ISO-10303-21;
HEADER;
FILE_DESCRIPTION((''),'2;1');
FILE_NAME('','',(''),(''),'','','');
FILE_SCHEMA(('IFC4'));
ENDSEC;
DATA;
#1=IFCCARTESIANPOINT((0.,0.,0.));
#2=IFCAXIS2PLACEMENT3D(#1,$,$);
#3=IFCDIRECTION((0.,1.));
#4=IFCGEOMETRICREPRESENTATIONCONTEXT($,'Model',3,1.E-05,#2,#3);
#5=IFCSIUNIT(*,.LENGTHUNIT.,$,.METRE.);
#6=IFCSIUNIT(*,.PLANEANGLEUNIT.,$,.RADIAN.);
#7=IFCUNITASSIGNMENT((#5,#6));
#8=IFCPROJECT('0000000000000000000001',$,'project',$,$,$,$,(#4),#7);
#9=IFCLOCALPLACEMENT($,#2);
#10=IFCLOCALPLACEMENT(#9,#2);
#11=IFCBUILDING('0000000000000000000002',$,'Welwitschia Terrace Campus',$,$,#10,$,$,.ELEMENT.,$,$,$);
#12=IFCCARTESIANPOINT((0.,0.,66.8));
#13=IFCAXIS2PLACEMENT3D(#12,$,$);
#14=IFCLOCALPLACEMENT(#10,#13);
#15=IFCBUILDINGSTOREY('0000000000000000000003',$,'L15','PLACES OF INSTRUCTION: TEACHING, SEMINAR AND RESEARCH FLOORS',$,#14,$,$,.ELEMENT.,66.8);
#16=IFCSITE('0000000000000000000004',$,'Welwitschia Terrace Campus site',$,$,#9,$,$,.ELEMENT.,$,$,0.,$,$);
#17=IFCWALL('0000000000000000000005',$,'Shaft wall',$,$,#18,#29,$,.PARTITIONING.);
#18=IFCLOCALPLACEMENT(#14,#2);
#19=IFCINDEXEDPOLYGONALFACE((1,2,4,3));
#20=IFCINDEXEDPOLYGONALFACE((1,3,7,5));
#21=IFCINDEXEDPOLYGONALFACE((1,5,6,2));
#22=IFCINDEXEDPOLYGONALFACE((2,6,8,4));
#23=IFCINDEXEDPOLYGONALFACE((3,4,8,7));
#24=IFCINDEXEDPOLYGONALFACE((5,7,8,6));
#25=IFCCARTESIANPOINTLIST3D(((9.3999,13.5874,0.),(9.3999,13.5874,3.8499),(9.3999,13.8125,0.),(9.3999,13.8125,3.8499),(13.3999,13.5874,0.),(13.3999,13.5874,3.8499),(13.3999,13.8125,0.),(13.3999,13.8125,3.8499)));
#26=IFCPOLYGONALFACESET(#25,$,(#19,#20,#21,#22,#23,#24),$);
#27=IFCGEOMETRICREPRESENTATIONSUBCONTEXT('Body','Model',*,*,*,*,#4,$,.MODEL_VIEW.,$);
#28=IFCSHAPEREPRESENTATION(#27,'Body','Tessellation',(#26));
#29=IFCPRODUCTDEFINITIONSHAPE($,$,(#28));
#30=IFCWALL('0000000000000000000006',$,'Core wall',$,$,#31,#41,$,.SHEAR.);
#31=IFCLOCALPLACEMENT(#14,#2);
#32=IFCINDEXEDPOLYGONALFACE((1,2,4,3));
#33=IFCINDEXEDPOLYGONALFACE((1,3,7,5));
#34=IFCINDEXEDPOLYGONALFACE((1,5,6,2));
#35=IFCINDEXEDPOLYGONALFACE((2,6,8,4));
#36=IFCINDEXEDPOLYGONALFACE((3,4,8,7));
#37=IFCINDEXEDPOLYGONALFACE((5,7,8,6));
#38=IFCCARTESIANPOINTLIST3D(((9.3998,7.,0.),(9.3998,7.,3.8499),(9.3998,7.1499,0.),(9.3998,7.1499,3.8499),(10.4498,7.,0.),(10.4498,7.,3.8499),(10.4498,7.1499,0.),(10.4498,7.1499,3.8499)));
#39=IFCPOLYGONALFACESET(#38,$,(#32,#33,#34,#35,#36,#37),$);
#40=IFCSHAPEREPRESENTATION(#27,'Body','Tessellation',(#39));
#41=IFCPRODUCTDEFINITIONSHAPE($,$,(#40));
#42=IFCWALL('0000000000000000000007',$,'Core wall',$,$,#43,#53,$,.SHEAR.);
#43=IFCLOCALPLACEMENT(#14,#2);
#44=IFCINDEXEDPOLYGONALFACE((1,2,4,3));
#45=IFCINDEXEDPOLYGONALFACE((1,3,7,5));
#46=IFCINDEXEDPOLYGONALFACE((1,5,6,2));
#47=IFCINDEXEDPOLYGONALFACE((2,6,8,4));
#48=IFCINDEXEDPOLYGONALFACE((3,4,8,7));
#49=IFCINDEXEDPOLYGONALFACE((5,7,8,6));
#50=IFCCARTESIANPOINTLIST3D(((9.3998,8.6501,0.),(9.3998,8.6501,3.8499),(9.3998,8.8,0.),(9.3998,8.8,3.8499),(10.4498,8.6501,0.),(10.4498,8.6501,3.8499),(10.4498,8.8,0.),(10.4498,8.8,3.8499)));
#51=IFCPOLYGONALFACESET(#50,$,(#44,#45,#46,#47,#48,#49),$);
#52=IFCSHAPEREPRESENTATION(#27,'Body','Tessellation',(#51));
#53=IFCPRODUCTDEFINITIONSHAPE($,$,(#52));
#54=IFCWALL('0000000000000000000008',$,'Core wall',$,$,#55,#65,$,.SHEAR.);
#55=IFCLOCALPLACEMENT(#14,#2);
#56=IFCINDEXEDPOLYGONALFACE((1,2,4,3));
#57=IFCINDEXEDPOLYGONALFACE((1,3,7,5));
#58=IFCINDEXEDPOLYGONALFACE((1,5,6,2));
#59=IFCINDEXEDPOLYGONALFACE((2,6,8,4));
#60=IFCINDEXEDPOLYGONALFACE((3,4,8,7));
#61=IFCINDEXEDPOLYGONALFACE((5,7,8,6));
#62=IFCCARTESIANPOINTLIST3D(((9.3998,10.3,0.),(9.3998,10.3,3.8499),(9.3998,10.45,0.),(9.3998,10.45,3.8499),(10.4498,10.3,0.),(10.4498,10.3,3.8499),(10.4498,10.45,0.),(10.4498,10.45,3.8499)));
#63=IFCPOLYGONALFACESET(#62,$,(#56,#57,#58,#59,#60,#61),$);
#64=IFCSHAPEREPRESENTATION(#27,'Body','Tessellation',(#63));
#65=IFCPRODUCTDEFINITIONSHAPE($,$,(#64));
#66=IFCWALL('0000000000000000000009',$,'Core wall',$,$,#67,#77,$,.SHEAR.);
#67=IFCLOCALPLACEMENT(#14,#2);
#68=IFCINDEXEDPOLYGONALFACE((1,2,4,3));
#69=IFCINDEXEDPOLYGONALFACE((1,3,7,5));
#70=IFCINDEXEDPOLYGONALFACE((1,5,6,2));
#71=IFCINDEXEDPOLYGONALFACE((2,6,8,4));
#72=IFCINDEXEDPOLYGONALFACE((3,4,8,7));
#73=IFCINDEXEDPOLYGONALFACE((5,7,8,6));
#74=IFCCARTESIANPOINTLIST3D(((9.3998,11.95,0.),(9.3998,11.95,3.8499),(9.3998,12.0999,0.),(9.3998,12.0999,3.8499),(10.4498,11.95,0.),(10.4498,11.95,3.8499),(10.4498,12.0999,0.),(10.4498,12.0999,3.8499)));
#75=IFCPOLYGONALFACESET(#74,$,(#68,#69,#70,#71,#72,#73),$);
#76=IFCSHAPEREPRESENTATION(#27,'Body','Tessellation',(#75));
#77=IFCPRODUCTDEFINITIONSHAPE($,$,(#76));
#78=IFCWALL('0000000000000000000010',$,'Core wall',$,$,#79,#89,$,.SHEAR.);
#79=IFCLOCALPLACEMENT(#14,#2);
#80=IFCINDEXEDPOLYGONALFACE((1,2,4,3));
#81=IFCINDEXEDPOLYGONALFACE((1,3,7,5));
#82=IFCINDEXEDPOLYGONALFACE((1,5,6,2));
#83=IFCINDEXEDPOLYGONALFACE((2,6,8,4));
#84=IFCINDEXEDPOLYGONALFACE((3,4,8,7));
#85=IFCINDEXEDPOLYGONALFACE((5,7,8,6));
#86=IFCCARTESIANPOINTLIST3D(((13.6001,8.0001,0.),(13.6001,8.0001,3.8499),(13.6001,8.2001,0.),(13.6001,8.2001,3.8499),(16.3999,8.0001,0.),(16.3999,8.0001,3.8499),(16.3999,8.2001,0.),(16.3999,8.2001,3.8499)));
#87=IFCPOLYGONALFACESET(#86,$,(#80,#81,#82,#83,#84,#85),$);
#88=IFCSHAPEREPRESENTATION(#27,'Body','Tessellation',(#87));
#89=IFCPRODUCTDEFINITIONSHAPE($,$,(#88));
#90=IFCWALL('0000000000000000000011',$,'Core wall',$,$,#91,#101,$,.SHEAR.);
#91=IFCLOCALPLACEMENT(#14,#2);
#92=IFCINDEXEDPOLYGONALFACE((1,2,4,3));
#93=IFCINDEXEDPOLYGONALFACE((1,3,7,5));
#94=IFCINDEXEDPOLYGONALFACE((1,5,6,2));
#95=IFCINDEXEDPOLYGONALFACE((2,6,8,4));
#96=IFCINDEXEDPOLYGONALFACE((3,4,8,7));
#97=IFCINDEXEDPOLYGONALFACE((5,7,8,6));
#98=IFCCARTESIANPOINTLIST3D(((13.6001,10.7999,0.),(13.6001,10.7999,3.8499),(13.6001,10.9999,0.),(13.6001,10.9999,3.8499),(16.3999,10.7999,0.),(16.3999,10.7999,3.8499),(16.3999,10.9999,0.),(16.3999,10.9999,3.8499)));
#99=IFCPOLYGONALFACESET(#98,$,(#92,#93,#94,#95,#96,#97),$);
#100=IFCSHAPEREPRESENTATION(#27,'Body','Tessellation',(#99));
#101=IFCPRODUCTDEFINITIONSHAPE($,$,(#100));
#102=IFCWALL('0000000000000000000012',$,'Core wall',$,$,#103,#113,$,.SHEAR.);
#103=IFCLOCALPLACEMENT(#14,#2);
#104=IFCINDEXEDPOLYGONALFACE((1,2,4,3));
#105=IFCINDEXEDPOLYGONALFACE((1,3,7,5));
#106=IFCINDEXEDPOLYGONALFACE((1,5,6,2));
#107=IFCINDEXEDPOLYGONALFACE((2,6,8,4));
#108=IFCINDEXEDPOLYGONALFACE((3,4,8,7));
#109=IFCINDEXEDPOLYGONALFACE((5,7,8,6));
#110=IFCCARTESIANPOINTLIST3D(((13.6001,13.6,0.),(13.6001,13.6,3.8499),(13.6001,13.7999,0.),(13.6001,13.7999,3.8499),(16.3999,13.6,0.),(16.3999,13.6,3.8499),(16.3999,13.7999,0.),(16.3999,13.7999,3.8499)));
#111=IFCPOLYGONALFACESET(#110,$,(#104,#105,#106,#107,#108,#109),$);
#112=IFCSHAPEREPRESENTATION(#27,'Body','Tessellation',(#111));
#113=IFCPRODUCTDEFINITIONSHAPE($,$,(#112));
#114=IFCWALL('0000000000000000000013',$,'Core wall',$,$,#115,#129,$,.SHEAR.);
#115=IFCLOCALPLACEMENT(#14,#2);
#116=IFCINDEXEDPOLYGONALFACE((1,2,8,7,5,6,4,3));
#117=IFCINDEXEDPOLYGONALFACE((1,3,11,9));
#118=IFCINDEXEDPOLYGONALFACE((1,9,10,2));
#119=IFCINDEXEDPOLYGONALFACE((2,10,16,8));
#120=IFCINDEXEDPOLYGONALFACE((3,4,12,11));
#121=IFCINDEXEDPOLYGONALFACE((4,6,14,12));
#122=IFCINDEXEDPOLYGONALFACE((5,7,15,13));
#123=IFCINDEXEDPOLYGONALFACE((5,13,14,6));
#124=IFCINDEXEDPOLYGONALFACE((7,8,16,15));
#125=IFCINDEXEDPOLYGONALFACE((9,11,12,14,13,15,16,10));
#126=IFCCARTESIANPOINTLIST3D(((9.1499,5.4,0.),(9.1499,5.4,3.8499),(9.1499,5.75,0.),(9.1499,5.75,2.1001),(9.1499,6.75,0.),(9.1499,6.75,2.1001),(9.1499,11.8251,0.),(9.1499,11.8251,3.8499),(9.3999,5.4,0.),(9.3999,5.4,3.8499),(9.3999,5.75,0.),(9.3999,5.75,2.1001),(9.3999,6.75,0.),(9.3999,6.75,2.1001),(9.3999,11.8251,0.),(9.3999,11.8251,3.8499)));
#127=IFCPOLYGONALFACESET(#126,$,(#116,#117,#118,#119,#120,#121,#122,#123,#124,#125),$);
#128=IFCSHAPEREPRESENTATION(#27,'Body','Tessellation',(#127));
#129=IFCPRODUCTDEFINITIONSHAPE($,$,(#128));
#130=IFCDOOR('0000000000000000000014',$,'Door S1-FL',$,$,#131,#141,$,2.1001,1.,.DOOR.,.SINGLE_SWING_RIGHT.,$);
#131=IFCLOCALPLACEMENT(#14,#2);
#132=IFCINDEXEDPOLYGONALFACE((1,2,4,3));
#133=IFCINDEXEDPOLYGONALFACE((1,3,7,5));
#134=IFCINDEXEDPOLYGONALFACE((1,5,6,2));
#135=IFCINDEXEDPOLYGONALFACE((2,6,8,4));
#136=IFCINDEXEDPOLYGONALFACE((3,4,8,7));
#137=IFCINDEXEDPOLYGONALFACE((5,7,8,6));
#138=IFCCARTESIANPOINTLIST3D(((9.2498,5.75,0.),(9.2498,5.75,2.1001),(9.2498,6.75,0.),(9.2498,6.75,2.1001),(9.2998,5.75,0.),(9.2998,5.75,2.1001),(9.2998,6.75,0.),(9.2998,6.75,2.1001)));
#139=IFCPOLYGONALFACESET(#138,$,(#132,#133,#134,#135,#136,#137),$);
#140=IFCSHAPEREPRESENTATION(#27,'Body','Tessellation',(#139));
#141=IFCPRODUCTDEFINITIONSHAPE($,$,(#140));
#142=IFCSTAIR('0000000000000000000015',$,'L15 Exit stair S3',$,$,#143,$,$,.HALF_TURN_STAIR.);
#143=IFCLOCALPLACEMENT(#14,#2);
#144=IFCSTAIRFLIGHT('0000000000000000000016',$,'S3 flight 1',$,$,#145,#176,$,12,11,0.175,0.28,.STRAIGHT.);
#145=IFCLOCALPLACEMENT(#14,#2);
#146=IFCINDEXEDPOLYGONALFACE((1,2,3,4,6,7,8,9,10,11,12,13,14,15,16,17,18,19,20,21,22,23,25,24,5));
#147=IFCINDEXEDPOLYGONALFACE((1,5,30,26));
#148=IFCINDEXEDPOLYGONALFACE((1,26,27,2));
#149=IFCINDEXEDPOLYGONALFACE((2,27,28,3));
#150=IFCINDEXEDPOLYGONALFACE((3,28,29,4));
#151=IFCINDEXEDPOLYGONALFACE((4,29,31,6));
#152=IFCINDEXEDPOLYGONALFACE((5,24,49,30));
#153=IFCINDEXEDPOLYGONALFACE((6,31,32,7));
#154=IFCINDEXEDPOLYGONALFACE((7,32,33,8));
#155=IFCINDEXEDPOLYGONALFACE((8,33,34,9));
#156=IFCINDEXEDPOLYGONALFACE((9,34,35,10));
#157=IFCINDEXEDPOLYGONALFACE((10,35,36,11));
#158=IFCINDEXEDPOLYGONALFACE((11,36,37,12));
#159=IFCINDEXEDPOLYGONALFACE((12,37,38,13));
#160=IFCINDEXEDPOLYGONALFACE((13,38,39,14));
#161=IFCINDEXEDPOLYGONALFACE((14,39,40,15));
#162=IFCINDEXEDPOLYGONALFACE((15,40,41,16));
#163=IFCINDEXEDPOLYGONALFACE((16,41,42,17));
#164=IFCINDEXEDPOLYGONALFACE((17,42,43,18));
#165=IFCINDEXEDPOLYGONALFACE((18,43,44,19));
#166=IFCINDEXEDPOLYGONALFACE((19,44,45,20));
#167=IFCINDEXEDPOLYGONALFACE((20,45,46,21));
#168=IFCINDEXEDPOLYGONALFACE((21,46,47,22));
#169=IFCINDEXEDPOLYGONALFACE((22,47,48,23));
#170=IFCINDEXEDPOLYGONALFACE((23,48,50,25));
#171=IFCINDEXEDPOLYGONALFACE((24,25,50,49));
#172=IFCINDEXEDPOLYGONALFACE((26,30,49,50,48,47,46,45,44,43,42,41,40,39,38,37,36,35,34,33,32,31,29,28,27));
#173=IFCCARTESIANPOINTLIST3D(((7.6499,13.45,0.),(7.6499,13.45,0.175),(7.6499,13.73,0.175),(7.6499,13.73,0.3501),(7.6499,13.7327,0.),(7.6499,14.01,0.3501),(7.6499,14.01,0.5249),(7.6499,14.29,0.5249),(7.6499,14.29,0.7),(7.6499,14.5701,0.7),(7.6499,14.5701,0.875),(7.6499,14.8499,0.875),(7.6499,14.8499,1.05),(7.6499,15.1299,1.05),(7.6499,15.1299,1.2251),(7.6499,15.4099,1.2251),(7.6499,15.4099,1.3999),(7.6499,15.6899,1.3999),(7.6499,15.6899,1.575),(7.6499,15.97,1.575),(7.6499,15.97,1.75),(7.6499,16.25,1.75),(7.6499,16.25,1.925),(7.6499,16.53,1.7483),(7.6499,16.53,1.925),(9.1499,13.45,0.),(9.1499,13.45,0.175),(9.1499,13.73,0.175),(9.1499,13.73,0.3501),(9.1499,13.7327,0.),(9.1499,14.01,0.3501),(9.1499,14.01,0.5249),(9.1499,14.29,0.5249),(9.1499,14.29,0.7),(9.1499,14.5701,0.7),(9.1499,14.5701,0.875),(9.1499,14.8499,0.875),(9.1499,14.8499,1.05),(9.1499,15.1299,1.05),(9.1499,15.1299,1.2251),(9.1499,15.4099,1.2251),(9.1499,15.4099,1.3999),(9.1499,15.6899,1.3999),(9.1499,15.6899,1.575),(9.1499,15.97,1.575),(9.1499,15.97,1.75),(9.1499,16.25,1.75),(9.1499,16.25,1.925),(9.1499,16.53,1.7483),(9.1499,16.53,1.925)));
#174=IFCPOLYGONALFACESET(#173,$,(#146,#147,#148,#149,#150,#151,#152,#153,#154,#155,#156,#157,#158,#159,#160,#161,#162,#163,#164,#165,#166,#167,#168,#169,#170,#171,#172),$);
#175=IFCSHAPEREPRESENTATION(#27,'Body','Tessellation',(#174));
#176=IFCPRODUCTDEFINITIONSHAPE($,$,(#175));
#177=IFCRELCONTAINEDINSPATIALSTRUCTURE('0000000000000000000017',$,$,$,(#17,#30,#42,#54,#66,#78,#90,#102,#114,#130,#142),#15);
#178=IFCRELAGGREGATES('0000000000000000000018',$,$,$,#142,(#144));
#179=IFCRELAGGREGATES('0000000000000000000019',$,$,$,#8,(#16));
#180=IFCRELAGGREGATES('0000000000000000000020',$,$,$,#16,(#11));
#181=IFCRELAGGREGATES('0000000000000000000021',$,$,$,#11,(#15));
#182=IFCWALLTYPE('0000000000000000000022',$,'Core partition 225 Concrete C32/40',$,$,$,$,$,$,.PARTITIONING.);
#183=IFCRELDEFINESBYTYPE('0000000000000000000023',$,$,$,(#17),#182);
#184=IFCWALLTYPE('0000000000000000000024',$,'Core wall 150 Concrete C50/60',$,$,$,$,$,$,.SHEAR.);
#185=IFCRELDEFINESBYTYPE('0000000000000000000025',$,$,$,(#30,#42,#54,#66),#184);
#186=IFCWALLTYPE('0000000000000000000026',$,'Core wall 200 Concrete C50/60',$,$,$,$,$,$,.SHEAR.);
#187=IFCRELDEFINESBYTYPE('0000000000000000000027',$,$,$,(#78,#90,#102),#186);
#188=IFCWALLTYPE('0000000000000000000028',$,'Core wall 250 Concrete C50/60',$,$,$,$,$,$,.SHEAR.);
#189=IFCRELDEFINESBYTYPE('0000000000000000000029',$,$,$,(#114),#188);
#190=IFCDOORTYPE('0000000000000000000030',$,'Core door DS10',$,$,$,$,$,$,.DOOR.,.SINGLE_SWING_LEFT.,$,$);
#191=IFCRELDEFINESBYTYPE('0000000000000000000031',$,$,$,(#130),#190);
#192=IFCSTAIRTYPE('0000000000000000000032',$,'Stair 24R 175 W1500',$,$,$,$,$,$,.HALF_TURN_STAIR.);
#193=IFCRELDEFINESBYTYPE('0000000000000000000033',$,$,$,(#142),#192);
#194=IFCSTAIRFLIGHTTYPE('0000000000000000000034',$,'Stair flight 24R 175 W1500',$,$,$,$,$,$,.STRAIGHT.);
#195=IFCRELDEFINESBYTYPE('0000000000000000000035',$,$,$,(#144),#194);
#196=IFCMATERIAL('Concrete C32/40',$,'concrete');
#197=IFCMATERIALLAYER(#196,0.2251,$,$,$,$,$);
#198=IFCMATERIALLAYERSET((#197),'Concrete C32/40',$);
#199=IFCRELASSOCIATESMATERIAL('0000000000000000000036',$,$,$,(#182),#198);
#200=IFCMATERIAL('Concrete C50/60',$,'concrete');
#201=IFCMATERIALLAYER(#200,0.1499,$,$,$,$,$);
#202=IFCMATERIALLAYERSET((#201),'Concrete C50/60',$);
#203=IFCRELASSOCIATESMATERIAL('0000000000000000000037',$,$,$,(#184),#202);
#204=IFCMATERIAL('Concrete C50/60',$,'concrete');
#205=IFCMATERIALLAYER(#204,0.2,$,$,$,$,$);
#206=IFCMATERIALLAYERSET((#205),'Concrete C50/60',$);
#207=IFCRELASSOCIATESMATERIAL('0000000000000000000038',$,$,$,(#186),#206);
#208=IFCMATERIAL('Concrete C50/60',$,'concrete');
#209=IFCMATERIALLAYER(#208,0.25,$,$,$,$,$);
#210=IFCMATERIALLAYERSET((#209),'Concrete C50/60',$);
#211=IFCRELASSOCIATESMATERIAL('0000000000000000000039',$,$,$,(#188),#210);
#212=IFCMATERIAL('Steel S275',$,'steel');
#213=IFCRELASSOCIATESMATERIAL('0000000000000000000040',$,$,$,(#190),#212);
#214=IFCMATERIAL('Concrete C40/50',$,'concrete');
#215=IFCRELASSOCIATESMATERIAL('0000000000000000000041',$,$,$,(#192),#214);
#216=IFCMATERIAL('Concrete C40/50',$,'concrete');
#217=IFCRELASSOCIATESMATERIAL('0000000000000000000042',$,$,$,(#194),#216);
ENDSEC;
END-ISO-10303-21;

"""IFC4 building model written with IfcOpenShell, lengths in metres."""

from ifc_helpers import new_model, si_unit, direction, frame, frame_2d, origin, place, context, subcontext, project, spatial, polyline, rectangle, outline, extrude, material, layer, layer_set, type_object, element, fill, aggregate, save


model = new_model("IFC4")

# Units and contexts
model_context = context("Model", 3, precision=1e-05, world=origin(), true_north=direction((0.0, 1.0)))
body_context = subcontext(model_context, "Body", "Model", "MODEL_VIEW")
ifc_project = project(units=[si_unit("LENGTHUNIT", "METRE"), si_unit("PLANEANGLEUNIT", "RADIAN")], contexts=[model_context])

# Site, building, storey
site_placement = place(None, origin())
site = spatial("IfcSite", under=ifc_project, at=site_placement, Name="Welwitschia Terrace Campus site", CompositionType="ELEMENT", RefElevation=0.0)
building_placement = place(site_placement, origin())
building = spatial("IfcBuilding", under=site, at=building_placement, Name="Welwitschia Terrace Campus", CompositionType="ELEMENT")
storey_placement = place(building_placement, frame((0.0, 0.0, 66.8)))
storey = spatial("IfcBuildingStorey", under=building, at=storey_placement, Name="L15", Description="PLACES OF INSTRUCTION: TEACHING, SEMINAR AND RESEARCH FLOORS", CompositionType="ELEMENT", Elevation=66.8)

# Walls
ifc_material_1 = material(Name="Concrete C32/40", Category="concrete")
ifc_layer_1 = layer(ifc_material_1, 0.2251)
ifc_layer_set_1 = layer_set([ifc_layer_1], Name="Concrete C32/40")
wall_type_1 = type_object("IfcWallType", Name="Core partition 225 Concrete C32/40", PredefinedType="PARTITIONING", material=ifc_layer_set_1)
wall_1_placement = place(storey_placement, frame((9.3999, 13.7, 0.0), z_axis=(0.0, 0.0, 1.0), x_axis=(1.0, 0.0, 0.0)))
element("IfcWall", 1, at=wall_1_placement, inside=storey, type_object=wall_type_1, Name="Shaft wall", PredefinedType="PARTITIONING", context=body_context, shape_type="SweptSolid", body=[
    extrude(rectangle(XDim=4.0, YDim=0.2251, at=frame_2d((2.0, 0.0))), origin(), (0.0, 0.0, 1.0), 3.8499),
])
ifc_material_2 = material(Name="Concrete C50/60", Category="concrete")
ifc_layer_2 = layer(ifc_material_2, 0.1499)
ifc_layer_set_2 = layer_set([ifc_layer_2], Name="Concrete C50/60")
wall_type_2 = type_object("IfcWallType", Name="Core wall 150 Concrete C50/60", PredefinedType="SHEAR", material=ifc_layer_set_2)
for number, where, z_axis, x_axis, name in (
    (2, (9.3999, 7.075, 0.0), (0.0, 0.0, 1.0), (1.0, 0.0, 0.0), "Core wall"),
    (3, (9.3999, 8.7251, 0.0), (0.0, 0.0, 1.0), (1.0, 0.0, 0.0), "Core wall"),
    (4, (9.3999, 10.375, 0.0), (0.0, 0.0, 1.0), (1.0, 0.0, 0.0), "Core wall"),
    (5, (9.3999, 12.0249, 0.0), (0.0, 0.0, 1.0), (1.0, 0.0, 0.0), "Core wall"),
):
    element("IfcWall", number, at=place(storey_placement, frame(where, z_axis=z_axis, x_axis=x_axis)), inside=storey, type_object=wall_type_2, Name=name, PredefinedType="SHEAR", context=body_context, shape_type="SweptSolid", body=[
        extrude(rectangle(XDim=1.05, YDim=0.1499, at=frame_2d((0.5249, 0.0))), origin(), (0.0, 0.0, 1.0), 3.8499),
    ])
ifc_material_3 = material(Name="Concrete C50/60", Category="concrete")
ifc_layer_3 = layer(ifc_material_3, 0.2)
ifc_layer_set_3 = layer_set([ifc_layer_3], Name="Concrete C50/60")
wall_type_3 = type_object("IfcWallType", Name="Core wall 200 Concrete C50/60", PredefinedType="SHEAR", material=ifc_layer_set_3)
for number, where, z_axis, x_axis, name in (
    (6, (13.6001, 8.1001, 0.0), (0.0, 0.0, 1.0), (1.0, 0.0, 0.0), "Core wall"),
    (7, (13.6001, 10.8999, 0.0), (0.0, 0.0, 1.0), (1.0, 0.0, 0.0), "Core wall"),
    (8, (13.6001, 13.7, 0.0), (0.0, 0.0, 1.0), (1.0, 0.0, 0.0), "Core wall"),
):
    element("IfcWall", number, at=place(storey_placement, frame(where, z_axis=z_axis, x_axis=x_axis)), inside=storey, type_object=wall_type_3, Name=name, PredefinedType="SHEAR", context=body_context, shape_type="SweptSolid", body=[
        extrude(rectangle(XDim=2.7998, YDim=0.2, at=frame_2d((1.3999, 0.0))), origin(), (0.0, 0.0, 1.0), 3.8499),
    ])

# Wall, opening, door
ifc_material_4 = material(Name="Concrete C50/60", Category="concrete")
ifc_layer_4 = layer(ifc_material_4, 0.25)
ifc_layer_set_4 = layer_set([ifc_layer_4], Name="Concrete C50/60")
wall_type_4 = type_object("IfcWallType", Name="Core wall 250 Concrete C50/60", PredefinedType="SHEAR", material=ifc_layer_set_4)
wall_2_placement = place(storey_placement, frame((9.2749, 11.825, 0.0), z_axis=(0.0, 0.0, 1.0), x_axis=(0.0, -1.0, 0.0)))
wall_2 = element("IfcWall", 9, at=wall_2_placement, inside=storey, type_object=wall_type_4, Name="Core wall", PredefinedType="SHEAR", context=body_context, shape_type="SweptSolid", body=[
    extrude(rectangle(XDim=6.425, YDim=0.25, at=frame_2d((3.2124, 0.0))), origin(), (0.0, 0.0, 1.0), 3.8499),
])
opening_placement = place(wall_2_placement, frame((5.075, 0.0, 0.0)))
opening = element("IfcOpeningElement", 10, at=opening_placement, cuts=wall_2, PredefinedType="OPENING", context=body_context, shape_type="SweptSolid", body=[
    extrude(rectangle(XDim=1.0, YDim=2.1001, at=frame_2d((0.5, 1.05))), frame((0.0, 0.135, 0.0), z_axis=(0.0, -1.0, 0.0), x_axis=(1.0, 0.0, 0.0)), (0.0, 0.0, 1.0), 0.27),
])
ifc_material_5 = material(Name="Steel S275", Category="steel")
door_type = type_object("IfcDoorType", Name="Core door DS10", OperationType="SINGLE_SWING_LEFT", PredefinedType="DOOR", material=ifc_material_5)
door_placement = place(opening_placement, origin())
door = element("IfcDoor", 11, at=door_placement, inside=storey, type_object=door_type, Name="Door S1-FL", OperationType="SINGLE_SWING_RIGHT", OverallHeight=2.1001, OverallWidth=1.0, PredefinedType="DOOR", context=body_context, shape_type="SweptSolid", body=[
    extrude(rectangle(XDim=1.0, YDim=2.1001, at=frame_2d((0.5, 1.05))), frame((0.0, 0.0249, 0.0), z_axis=(0.0, -1.0, 0.0), x_axis=(1.0, 0.0, 0.0)), (0.0, 0.0, 1.0), 0.05),
])
fill(opening, door)

# Stair, stair flight
ifc_material_6 = material(Name="Concrete C40/50", Category="concrete")
stair_type = type_object("IfcStairType", Name="Stair 24R 175 W1500", PredefinedType="HALF_TURN_STAIR", material=ifc_material_6)
stair_placement = place(storey_placement, origin())
stair = element("IfcStair", 12, at=stair_placement, inside=storey, type_object=stair_type, Name="L15 Exit stair S3", PredefinedType="HALF_TURN_STAIR")
ifc_material_7 = material(Name="Concrete C40/50", Category="concrete")
stair_flight_type = type_object("IfcStairFlightType", Name="Stair flight 24R 175 W1500", PredefinedType="STRAIGHT", material=ifc_material_7)
stair_flight_placement = place(storey_placement, frame((8.3999, 13.45, 0.0), z_axis=(0.0, 0.0, 1.0), x_axis=(0.0, 1.0, 0.0)))
stair_flight = element("IfcStairFlight", 13, at=stair_flight_placement, type_object=stair_flight_type, Name="S3 flight 1", NumberOfRisers=12, NumberOfTreads=11, PredefinedType="STRAIGHT", RiserHeight=0.175, TreadLength=0.28, context=body_context, shape_type="SweptSolid", body=[
    extrude(outline(polyline([(0.0, 0.0), (0.0, 0.175), (0.28, 0.175), (0.28, 0.3501), (0.5601, 0.3501), (0.5601, 0.5249), (0.8401, 0.5249), (0.8401, 0.7), (1.1201, 0.7), (1.1201, 0.875), (1.3999, 0.875), (1.3999, 1.05), (1.6799, 1.05), (1.6799, 1.2251), (1.96, 1.2251), (1.96, 1.3999), (2.24, 1.3999), (2.24, 1.575), (2.52, 1.575), (2.52, 1.75), (2.8, 1.75), (2.8, 1.925), (3.0801, 1.925), (3.0801, 2.1001), (3.0801, 1.7483), (0.2827, 0.0), (0.0, 0.0)])), frame((0.0, 0.75, 0.0), z_axis=(0.0, -1.0, 0.0), x_axis=(1.0, 0.0, 0.0)), (0.0, 0.0, 1.0), 1.5),
])
aggregate(stair, [stair_flight])

save(model, "model.ifc")
